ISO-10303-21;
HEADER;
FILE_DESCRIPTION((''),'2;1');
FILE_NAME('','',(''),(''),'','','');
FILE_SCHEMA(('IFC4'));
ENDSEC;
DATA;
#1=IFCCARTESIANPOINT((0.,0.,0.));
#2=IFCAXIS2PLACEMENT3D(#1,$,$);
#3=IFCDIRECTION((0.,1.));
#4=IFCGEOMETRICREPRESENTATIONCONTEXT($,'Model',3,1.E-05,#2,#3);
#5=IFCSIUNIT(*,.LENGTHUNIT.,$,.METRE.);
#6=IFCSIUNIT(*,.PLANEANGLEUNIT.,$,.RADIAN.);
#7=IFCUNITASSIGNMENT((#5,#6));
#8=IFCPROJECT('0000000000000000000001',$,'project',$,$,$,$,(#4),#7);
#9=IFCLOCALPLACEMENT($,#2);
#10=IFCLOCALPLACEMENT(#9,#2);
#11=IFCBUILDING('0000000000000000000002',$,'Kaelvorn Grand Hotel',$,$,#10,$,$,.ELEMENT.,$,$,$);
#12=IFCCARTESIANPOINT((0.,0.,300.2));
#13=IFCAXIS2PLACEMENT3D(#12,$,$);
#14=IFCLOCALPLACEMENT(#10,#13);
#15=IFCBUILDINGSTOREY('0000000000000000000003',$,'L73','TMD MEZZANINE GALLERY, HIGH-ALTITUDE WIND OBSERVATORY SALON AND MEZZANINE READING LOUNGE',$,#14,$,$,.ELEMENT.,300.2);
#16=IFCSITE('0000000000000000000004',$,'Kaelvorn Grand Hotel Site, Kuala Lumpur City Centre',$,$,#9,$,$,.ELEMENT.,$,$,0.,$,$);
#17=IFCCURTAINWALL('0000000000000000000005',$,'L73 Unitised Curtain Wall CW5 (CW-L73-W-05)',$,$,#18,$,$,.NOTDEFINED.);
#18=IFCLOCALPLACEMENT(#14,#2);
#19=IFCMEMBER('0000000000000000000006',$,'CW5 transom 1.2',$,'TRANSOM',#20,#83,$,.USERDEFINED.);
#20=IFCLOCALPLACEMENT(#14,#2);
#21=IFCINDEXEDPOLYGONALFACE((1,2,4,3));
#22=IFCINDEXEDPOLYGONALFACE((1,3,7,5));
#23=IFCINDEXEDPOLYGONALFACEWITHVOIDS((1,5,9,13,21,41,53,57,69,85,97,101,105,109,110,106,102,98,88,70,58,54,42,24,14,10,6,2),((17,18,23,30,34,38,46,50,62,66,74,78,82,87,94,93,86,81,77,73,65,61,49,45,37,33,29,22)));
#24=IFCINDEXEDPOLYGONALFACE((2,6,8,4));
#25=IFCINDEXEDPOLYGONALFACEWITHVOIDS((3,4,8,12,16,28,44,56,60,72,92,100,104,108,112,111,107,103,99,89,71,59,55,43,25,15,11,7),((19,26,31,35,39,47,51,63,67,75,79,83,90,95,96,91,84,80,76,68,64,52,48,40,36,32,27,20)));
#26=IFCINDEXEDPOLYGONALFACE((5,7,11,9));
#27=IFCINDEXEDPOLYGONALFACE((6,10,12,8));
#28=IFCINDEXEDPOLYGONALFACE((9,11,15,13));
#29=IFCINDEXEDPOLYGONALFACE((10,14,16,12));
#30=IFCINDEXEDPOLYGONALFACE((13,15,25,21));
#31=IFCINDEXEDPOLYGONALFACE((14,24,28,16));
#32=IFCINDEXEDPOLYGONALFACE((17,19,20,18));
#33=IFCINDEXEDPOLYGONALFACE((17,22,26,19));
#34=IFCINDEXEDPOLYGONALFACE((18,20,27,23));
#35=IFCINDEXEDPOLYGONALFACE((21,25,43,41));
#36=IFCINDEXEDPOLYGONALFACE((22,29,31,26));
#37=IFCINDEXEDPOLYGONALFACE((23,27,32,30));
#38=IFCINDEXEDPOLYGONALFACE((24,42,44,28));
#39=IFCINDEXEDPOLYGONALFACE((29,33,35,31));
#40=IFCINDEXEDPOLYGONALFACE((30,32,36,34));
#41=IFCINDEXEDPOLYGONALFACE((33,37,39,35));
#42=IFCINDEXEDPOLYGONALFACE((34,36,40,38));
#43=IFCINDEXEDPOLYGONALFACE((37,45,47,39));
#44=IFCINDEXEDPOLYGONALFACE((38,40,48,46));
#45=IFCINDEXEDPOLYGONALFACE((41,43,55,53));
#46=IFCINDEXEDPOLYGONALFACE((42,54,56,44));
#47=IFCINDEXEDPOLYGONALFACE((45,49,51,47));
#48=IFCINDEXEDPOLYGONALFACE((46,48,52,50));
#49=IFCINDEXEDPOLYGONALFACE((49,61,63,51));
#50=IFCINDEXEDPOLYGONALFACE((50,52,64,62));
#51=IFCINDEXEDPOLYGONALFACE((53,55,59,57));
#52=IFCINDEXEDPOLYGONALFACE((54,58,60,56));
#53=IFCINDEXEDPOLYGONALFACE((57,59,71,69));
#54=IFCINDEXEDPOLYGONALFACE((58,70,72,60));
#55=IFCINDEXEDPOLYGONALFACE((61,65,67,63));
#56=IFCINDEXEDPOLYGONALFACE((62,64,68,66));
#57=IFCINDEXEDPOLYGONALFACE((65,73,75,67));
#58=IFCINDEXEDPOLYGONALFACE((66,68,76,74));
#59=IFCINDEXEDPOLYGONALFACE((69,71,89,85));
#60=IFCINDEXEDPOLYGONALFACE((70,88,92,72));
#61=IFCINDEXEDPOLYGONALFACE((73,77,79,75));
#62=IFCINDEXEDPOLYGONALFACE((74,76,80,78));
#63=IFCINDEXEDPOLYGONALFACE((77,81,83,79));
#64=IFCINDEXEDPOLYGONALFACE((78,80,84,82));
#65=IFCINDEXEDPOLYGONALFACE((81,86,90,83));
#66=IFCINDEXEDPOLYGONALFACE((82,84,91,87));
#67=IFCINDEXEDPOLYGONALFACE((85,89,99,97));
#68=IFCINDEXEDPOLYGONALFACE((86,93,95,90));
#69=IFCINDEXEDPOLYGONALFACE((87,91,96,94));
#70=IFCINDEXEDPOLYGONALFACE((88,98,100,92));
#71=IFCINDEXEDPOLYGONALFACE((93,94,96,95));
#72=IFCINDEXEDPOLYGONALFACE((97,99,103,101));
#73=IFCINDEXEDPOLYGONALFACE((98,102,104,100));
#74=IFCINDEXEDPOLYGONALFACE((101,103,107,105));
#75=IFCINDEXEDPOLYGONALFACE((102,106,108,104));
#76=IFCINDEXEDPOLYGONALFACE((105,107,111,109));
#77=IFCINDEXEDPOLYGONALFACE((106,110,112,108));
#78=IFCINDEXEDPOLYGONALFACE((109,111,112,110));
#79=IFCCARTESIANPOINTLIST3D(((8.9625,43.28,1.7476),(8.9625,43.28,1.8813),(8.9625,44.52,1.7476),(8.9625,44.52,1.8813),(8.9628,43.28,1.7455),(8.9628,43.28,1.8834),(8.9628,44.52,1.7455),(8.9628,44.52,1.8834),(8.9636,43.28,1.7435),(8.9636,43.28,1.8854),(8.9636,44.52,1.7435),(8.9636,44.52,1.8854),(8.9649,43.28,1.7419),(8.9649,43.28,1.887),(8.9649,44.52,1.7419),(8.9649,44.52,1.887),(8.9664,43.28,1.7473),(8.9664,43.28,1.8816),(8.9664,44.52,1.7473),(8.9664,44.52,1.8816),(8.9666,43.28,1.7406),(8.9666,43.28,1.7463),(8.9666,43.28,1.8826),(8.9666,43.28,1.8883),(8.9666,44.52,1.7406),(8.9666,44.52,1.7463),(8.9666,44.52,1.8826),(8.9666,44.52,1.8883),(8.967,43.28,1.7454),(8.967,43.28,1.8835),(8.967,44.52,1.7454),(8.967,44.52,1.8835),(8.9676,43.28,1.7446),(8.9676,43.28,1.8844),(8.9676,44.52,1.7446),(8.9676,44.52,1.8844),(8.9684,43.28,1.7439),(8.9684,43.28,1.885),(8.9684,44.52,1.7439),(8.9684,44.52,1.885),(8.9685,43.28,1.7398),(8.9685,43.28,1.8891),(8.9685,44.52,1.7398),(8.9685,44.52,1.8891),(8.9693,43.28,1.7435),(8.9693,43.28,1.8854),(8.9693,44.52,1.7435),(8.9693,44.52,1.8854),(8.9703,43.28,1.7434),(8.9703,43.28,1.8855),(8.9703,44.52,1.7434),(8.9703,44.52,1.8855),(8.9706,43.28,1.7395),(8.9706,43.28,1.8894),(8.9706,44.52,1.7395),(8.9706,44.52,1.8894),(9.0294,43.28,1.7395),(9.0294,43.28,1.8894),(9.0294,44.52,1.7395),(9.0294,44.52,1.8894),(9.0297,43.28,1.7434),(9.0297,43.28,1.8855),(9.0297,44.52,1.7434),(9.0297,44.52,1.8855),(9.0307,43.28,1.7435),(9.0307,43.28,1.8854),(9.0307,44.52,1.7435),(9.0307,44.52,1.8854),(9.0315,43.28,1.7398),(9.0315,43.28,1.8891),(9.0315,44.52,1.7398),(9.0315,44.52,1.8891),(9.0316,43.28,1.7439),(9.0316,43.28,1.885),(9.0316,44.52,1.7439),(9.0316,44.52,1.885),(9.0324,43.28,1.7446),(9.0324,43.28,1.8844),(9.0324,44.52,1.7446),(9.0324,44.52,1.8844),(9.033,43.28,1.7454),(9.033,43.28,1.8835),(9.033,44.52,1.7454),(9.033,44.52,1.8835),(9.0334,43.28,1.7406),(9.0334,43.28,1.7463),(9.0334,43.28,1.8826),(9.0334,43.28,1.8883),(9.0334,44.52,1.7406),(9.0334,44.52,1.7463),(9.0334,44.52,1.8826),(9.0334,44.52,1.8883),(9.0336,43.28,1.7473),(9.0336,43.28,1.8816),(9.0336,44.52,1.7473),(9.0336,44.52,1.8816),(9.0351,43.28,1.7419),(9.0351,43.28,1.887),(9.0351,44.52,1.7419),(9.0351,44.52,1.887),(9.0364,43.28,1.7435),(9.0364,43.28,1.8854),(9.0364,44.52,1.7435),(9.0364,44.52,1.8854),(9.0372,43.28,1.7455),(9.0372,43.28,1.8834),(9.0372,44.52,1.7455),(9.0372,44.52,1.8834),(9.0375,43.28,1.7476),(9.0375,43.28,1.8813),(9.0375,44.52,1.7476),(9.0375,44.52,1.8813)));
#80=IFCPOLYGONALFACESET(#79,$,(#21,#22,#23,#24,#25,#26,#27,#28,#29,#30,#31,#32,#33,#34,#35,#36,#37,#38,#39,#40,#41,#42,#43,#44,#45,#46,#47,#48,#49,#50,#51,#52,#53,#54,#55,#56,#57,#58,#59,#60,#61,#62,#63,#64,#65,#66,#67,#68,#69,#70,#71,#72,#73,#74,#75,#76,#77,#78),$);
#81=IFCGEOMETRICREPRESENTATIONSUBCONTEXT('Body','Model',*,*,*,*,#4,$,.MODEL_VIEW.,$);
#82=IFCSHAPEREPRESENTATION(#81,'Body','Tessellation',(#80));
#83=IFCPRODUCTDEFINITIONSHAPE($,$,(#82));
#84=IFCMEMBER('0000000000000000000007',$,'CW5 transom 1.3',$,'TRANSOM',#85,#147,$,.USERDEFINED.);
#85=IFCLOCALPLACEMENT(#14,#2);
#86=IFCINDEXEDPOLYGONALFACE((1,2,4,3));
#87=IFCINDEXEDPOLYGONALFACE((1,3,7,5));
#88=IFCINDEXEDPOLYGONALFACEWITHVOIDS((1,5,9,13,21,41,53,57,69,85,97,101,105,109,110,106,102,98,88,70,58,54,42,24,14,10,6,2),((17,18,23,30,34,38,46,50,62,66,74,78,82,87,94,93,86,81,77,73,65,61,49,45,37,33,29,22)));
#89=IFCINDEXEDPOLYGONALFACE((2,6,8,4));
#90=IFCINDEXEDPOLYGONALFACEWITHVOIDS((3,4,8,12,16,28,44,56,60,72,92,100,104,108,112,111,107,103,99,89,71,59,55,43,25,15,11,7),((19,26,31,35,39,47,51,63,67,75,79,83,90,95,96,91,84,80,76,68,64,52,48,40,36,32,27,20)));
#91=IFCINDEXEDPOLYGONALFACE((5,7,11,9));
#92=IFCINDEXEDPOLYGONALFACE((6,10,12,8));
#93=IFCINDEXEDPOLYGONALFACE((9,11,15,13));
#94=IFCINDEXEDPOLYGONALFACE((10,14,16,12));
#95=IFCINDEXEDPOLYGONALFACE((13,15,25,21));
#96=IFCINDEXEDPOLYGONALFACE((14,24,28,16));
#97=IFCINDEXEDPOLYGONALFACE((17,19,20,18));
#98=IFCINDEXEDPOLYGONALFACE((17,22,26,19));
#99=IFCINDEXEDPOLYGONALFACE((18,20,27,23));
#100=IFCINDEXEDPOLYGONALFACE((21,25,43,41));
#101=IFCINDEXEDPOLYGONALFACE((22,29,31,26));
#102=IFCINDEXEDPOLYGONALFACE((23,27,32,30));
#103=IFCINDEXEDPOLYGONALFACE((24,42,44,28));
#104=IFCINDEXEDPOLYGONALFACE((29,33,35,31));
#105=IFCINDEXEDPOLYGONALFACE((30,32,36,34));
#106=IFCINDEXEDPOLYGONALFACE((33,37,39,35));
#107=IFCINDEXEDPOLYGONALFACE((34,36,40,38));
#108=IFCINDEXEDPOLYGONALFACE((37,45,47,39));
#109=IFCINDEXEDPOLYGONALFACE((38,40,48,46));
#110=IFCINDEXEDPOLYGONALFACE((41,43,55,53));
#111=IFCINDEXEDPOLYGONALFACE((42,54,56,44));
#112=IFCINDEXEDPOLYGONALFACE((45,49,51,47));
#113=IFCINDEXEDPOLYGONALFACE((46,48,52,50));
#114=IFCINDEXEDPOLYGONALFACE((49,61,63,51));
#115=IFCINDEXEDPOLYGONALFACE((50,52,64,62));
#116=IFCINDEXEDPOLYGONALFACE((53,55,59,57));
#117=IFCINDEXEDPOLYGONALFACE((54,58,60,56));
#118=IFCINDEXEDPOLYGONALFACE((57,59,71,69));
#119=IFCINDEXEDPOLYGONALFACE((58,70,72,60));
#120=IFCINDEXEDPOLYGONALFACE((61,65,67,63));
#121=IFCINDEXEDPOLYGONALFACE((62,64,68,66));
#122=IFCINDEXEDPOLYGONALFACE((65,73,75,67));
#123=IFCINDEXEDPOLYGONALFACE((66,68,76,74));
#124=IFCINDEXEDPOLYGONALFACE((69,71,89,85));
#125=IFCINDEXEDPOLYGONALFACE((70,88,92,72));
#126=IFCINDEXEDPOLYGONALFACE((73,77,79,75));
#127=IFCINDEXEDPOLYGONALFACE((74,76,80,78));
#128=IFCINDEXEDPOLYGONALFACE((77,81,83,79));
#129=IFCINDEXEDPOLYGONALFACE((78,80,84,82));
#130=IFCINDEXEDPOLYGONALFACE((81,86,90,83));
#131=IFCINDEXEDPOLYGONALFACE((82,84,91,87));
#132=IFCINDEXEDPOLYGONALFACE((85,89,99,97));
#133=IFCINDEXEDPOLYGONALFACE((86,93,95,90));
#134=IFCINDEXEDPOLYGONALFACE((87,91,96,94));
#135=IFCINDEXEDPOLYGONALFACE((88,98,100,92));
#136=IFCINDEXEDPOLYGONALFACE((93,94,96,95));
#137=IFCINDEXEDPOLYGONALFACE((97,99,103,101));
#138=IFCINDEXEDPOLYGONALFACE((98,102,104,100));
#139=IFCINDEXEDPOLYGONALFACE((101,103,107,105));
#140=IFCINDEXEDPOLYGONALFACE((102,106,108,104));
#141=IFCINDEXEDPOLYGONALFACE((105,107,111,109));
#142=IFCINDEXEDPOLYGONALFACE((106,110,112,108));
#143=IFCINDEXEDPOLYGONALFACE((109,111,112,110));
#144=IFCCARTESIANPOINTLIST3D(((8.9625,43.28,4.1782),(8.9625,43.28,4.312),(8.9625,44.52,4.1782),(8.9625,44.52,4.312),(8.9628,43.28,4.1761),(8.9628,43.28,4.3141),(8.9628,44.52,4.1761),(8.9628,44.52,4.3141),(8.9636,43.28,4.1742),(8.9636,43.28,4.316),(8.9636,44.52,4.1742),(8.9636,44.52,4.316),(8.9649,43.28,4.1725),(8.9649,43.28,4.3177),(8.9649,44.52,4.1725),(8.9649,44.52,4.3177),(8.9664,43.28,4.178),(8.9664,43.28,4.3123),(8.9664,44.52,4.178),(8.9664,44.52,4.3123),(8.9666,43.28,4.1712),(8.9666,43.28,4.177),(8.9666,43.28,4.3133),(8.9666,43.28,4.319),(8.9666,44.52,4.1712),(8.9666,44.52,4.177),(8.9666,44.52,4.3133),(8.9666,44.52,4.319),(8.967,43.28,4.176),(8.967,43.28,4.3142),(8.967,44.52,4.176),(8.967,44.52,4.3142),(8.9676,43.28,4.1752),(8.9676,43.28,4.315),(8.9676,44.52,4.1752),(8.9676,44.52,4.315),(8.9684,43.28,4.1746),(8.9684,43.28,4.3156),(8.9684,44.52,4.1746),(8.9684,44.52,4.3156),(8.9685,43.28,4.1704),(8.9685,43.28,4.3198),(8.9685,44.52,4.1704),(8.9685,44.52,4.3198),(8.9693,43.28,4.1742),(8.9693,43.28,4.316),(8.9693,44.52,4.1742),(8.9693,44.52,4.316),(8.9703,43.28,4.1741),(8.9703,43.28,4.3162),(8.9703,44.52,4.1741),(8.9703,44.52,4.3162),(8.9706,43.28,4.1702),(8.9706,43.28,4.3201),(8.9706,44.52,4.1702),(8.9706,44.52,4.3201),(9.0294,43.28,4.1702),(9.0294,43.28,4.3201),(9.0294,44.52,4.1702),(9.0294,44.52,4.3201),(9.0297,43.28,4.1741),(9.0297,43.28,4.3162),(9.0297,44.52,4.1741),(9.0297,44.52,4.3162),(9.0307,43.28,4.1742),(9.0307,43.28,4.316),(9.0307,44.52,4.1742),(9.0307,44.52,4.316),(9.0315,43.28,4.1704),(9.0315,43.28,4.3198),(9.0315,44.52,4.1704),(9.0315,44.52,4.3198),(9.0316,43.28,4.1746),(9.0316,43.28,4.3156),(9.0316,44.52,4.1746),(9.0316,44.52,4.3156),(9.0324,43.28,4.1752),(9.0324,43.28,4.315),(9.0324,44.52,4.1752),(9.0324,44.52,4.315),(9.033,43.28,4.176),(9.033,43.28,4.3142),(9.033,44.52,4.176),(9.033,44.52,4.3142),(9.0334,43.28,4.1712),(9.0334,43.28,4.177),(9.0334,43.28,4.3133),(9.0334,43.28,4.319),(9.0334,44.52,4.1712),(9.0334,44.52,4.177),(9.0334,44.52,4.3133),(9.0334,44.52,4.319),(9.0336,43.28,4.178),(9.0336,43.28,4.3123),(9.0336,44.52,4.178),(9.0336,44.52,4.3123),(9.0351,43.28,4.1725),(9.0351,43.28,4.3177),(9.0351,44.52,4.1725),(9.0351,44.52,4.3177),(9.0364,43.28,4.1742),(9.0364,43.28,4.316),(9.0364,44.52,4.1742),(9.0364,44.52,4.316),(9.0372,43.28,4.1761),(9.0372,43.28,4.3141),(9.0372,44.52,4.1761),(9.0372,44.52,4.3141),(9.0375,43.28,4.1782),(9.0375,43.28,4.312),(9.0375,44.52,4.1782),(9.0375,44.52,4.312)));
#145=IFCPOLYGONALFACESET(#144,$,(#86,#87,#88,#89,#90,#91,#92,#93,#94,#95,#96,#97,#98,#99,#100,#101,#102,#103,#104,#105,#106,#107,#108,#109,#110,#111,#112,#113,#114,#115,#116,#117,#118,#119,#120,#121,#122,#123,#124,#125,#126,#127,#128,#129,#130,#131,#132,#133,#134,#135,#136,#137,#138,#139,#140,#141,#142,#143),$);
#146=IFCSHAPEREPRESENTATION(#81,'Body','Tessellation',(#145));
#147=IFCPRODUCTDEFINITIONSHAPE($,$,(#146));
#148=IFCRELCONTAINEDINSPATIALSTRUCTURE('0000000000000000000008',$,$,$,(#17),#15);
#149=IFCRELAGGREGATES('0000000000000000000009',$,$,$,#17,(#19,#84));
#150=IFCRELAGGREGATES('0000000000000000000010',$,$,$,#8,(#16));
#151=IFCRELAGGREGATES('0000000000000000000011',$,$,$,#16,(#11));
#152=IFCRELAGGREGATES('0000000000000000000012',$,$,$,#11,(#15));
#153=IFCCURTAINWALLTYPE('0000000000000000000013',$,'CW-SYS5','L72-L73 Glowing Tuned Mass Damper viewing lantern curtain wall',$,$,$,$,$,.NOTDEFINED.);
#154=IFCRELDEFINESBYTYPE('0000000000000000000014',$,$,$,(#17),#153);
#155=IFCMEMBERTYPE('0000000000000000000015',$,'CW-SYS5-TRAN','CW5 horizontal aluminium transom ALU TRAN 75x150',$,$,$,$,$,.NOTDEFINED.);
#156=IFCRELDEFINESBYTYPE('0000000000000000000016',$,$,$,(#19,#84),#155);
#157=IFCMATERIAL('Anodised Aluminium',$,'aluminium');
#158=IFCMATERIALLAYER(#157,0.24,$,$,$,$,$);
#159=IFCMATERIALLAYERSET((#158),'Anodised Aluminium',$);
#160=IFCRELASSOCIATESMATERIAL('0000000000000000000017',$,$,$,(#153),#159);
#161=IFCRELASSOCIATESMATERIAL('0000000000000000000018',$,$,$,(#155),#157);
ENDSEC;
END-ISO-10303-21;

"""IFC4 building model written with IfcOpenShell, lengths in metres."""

from ifc_helpers import new_model, si_unit, direction, frame, origin, origin_2d, place, context, subcontext, project, spatial, hollow_rectangle, extrude, material, layer, layer_set, material_profile, profile_set, type_object, element, aggregate, save


model = new_model("IFC4")

# Units and contexts
model_context = context("Model", 3, precision=1e-05, world=origin(), true_north=direction((0.0, 1.0)))
body_context = subcontext(model_context, "Body", "Model", "MODEL_VIEW")
ifc_project = project(units=[si_unit("LENGTHUNIT", "METRE"), si_unit("PLANEANGLEUNIT", "RADIAN")], contexts=[model_context])

# Site, building, storey
site_placement = place(None, origin())
site = spatial("IfcSite", under=ifc_project, at=site_placement, Name="Kaelvorn Grand Hotel Site, Kuala Lumpur City Centre", CompositionType="ELEMENT", RefElevation=0.0)
building_placement = place(site_placement, origin())
building = spatial("IfcBuilding", under=site, at=building_placement, Name="Kaelvorn Grand Hotel", CompositionType="ELEMENT")
storey_placement = place(building_placement, frame((0.0, 0.0, 300.2)))
storey = spatial("IfcBuildingStorey", under=building, at=storey_placement, Name="L73", Description="TMD MEZZANINE GALLERY, HIGH-ALTITUDE WIND OBSERVATORY SALON AND MEZZANINE READING LOUNGE", CompositionType="ELEMENT", Elevation=300.2)

# Curtain wall, members
ifc_material_1 = material(Name="Anodised Aluminium", Category="aluminium")
ifc_layer_1 = layer(ifc_material_1, 0.24)
ifc_layer_set_1 = layer_set([ifc_layer_1], Name="Anodised Aluminium")
curtain_wall_type = type_object("IfcCurtainWallType", Name="CW-SYS5", Description="L72-L73 Glowing Tuned Mass Damper viewing lantern curtain wall", PredefinedType="NOTDEFINED", material=ifc_layer_set_1)
curtain_wall_placement = place(storey_placement, origin())
curtain_wall = element("IfcCurtainWall", 1, at=curtain_wall_placement, inside=storey, type_object=curtain_wall_type, Name="L73 Unitised Curtain Wall CW5 (CW-L73-W-05)", PredefinedType="NOTDEFINED")
ifc_material_profile_1 = material_profile(ifc_material_1, hollow_rectangle(XDim=0.075, YDim=0.1499, WallThickness=0.0039, InnerFilletRadius=0.0039, OuterFilletRadius=0.0081, at=origin_2d()), Name="ALU TRAN 75x150")
ifc_profile_set_1 = profile_set([ifc_material_profile_1], Name="Anodised Aluminium")
member_type_1 = type_object("IfcMemberType", Name="CW-SYS5-TRAN", Description="CW5 horizontal aluminium transom ALU TRAN 75x150", PredefinedType="NOTDEFINED", material=ifc_profile_set_1)
member_1_placement = place(storey_placement, frame((9.0, 44.52, 1.8145), z_axis=(0.0, -1.0, 0.0), x_axis=(1.0, 0.0, 0.0)))
member_1 = element("IfcMember", 2, at=member_1_placement, type_object=member_type_1, Name="CW5 transom 1.2", ObjectType="TRANSOM", PredefinedType="USERDEFINED", context=body_context, shape_type="SweptSolid", body=[
    extrude(hollow_rectangle(XDim=0.075, YDim=0.1499, WallThickness=0.0039, InnerFilletRadius=0.0039, OuterFilletRadius=0.0081, at=origin_2d()), origin(), (0.0, 0.0, 1.0), 1.24),
])
member_2_placement = place(storey_placement, frame((9.0, 44.52, 4.2451), z_axis=(0.0, -1.0, 0.0), x_axis=(1.0, 0.0, 0.0)))
member_2 = element("IfcMember", 3, at=member_2_placement, type_object=member_type_1, Name="CW5 transom 1.3", ObjectType="TRANSOM", PredefinedType="USERDEFINED", context=body_context, shape_type="SweptSolid", body=[
    extrude(hollow_rectangle(XDim=0.075, YDim=0.1499, WallThickness=0.0039, InnerFilletRadius=0.0039, OuterFilletRadius=0.0081, at=origin_2d()), origin(), (0.0, 0.0, 1.0), 1.24),
])
aggregate(curtain_wall, [member_1, member_2])

save(model, "model.ifc")
